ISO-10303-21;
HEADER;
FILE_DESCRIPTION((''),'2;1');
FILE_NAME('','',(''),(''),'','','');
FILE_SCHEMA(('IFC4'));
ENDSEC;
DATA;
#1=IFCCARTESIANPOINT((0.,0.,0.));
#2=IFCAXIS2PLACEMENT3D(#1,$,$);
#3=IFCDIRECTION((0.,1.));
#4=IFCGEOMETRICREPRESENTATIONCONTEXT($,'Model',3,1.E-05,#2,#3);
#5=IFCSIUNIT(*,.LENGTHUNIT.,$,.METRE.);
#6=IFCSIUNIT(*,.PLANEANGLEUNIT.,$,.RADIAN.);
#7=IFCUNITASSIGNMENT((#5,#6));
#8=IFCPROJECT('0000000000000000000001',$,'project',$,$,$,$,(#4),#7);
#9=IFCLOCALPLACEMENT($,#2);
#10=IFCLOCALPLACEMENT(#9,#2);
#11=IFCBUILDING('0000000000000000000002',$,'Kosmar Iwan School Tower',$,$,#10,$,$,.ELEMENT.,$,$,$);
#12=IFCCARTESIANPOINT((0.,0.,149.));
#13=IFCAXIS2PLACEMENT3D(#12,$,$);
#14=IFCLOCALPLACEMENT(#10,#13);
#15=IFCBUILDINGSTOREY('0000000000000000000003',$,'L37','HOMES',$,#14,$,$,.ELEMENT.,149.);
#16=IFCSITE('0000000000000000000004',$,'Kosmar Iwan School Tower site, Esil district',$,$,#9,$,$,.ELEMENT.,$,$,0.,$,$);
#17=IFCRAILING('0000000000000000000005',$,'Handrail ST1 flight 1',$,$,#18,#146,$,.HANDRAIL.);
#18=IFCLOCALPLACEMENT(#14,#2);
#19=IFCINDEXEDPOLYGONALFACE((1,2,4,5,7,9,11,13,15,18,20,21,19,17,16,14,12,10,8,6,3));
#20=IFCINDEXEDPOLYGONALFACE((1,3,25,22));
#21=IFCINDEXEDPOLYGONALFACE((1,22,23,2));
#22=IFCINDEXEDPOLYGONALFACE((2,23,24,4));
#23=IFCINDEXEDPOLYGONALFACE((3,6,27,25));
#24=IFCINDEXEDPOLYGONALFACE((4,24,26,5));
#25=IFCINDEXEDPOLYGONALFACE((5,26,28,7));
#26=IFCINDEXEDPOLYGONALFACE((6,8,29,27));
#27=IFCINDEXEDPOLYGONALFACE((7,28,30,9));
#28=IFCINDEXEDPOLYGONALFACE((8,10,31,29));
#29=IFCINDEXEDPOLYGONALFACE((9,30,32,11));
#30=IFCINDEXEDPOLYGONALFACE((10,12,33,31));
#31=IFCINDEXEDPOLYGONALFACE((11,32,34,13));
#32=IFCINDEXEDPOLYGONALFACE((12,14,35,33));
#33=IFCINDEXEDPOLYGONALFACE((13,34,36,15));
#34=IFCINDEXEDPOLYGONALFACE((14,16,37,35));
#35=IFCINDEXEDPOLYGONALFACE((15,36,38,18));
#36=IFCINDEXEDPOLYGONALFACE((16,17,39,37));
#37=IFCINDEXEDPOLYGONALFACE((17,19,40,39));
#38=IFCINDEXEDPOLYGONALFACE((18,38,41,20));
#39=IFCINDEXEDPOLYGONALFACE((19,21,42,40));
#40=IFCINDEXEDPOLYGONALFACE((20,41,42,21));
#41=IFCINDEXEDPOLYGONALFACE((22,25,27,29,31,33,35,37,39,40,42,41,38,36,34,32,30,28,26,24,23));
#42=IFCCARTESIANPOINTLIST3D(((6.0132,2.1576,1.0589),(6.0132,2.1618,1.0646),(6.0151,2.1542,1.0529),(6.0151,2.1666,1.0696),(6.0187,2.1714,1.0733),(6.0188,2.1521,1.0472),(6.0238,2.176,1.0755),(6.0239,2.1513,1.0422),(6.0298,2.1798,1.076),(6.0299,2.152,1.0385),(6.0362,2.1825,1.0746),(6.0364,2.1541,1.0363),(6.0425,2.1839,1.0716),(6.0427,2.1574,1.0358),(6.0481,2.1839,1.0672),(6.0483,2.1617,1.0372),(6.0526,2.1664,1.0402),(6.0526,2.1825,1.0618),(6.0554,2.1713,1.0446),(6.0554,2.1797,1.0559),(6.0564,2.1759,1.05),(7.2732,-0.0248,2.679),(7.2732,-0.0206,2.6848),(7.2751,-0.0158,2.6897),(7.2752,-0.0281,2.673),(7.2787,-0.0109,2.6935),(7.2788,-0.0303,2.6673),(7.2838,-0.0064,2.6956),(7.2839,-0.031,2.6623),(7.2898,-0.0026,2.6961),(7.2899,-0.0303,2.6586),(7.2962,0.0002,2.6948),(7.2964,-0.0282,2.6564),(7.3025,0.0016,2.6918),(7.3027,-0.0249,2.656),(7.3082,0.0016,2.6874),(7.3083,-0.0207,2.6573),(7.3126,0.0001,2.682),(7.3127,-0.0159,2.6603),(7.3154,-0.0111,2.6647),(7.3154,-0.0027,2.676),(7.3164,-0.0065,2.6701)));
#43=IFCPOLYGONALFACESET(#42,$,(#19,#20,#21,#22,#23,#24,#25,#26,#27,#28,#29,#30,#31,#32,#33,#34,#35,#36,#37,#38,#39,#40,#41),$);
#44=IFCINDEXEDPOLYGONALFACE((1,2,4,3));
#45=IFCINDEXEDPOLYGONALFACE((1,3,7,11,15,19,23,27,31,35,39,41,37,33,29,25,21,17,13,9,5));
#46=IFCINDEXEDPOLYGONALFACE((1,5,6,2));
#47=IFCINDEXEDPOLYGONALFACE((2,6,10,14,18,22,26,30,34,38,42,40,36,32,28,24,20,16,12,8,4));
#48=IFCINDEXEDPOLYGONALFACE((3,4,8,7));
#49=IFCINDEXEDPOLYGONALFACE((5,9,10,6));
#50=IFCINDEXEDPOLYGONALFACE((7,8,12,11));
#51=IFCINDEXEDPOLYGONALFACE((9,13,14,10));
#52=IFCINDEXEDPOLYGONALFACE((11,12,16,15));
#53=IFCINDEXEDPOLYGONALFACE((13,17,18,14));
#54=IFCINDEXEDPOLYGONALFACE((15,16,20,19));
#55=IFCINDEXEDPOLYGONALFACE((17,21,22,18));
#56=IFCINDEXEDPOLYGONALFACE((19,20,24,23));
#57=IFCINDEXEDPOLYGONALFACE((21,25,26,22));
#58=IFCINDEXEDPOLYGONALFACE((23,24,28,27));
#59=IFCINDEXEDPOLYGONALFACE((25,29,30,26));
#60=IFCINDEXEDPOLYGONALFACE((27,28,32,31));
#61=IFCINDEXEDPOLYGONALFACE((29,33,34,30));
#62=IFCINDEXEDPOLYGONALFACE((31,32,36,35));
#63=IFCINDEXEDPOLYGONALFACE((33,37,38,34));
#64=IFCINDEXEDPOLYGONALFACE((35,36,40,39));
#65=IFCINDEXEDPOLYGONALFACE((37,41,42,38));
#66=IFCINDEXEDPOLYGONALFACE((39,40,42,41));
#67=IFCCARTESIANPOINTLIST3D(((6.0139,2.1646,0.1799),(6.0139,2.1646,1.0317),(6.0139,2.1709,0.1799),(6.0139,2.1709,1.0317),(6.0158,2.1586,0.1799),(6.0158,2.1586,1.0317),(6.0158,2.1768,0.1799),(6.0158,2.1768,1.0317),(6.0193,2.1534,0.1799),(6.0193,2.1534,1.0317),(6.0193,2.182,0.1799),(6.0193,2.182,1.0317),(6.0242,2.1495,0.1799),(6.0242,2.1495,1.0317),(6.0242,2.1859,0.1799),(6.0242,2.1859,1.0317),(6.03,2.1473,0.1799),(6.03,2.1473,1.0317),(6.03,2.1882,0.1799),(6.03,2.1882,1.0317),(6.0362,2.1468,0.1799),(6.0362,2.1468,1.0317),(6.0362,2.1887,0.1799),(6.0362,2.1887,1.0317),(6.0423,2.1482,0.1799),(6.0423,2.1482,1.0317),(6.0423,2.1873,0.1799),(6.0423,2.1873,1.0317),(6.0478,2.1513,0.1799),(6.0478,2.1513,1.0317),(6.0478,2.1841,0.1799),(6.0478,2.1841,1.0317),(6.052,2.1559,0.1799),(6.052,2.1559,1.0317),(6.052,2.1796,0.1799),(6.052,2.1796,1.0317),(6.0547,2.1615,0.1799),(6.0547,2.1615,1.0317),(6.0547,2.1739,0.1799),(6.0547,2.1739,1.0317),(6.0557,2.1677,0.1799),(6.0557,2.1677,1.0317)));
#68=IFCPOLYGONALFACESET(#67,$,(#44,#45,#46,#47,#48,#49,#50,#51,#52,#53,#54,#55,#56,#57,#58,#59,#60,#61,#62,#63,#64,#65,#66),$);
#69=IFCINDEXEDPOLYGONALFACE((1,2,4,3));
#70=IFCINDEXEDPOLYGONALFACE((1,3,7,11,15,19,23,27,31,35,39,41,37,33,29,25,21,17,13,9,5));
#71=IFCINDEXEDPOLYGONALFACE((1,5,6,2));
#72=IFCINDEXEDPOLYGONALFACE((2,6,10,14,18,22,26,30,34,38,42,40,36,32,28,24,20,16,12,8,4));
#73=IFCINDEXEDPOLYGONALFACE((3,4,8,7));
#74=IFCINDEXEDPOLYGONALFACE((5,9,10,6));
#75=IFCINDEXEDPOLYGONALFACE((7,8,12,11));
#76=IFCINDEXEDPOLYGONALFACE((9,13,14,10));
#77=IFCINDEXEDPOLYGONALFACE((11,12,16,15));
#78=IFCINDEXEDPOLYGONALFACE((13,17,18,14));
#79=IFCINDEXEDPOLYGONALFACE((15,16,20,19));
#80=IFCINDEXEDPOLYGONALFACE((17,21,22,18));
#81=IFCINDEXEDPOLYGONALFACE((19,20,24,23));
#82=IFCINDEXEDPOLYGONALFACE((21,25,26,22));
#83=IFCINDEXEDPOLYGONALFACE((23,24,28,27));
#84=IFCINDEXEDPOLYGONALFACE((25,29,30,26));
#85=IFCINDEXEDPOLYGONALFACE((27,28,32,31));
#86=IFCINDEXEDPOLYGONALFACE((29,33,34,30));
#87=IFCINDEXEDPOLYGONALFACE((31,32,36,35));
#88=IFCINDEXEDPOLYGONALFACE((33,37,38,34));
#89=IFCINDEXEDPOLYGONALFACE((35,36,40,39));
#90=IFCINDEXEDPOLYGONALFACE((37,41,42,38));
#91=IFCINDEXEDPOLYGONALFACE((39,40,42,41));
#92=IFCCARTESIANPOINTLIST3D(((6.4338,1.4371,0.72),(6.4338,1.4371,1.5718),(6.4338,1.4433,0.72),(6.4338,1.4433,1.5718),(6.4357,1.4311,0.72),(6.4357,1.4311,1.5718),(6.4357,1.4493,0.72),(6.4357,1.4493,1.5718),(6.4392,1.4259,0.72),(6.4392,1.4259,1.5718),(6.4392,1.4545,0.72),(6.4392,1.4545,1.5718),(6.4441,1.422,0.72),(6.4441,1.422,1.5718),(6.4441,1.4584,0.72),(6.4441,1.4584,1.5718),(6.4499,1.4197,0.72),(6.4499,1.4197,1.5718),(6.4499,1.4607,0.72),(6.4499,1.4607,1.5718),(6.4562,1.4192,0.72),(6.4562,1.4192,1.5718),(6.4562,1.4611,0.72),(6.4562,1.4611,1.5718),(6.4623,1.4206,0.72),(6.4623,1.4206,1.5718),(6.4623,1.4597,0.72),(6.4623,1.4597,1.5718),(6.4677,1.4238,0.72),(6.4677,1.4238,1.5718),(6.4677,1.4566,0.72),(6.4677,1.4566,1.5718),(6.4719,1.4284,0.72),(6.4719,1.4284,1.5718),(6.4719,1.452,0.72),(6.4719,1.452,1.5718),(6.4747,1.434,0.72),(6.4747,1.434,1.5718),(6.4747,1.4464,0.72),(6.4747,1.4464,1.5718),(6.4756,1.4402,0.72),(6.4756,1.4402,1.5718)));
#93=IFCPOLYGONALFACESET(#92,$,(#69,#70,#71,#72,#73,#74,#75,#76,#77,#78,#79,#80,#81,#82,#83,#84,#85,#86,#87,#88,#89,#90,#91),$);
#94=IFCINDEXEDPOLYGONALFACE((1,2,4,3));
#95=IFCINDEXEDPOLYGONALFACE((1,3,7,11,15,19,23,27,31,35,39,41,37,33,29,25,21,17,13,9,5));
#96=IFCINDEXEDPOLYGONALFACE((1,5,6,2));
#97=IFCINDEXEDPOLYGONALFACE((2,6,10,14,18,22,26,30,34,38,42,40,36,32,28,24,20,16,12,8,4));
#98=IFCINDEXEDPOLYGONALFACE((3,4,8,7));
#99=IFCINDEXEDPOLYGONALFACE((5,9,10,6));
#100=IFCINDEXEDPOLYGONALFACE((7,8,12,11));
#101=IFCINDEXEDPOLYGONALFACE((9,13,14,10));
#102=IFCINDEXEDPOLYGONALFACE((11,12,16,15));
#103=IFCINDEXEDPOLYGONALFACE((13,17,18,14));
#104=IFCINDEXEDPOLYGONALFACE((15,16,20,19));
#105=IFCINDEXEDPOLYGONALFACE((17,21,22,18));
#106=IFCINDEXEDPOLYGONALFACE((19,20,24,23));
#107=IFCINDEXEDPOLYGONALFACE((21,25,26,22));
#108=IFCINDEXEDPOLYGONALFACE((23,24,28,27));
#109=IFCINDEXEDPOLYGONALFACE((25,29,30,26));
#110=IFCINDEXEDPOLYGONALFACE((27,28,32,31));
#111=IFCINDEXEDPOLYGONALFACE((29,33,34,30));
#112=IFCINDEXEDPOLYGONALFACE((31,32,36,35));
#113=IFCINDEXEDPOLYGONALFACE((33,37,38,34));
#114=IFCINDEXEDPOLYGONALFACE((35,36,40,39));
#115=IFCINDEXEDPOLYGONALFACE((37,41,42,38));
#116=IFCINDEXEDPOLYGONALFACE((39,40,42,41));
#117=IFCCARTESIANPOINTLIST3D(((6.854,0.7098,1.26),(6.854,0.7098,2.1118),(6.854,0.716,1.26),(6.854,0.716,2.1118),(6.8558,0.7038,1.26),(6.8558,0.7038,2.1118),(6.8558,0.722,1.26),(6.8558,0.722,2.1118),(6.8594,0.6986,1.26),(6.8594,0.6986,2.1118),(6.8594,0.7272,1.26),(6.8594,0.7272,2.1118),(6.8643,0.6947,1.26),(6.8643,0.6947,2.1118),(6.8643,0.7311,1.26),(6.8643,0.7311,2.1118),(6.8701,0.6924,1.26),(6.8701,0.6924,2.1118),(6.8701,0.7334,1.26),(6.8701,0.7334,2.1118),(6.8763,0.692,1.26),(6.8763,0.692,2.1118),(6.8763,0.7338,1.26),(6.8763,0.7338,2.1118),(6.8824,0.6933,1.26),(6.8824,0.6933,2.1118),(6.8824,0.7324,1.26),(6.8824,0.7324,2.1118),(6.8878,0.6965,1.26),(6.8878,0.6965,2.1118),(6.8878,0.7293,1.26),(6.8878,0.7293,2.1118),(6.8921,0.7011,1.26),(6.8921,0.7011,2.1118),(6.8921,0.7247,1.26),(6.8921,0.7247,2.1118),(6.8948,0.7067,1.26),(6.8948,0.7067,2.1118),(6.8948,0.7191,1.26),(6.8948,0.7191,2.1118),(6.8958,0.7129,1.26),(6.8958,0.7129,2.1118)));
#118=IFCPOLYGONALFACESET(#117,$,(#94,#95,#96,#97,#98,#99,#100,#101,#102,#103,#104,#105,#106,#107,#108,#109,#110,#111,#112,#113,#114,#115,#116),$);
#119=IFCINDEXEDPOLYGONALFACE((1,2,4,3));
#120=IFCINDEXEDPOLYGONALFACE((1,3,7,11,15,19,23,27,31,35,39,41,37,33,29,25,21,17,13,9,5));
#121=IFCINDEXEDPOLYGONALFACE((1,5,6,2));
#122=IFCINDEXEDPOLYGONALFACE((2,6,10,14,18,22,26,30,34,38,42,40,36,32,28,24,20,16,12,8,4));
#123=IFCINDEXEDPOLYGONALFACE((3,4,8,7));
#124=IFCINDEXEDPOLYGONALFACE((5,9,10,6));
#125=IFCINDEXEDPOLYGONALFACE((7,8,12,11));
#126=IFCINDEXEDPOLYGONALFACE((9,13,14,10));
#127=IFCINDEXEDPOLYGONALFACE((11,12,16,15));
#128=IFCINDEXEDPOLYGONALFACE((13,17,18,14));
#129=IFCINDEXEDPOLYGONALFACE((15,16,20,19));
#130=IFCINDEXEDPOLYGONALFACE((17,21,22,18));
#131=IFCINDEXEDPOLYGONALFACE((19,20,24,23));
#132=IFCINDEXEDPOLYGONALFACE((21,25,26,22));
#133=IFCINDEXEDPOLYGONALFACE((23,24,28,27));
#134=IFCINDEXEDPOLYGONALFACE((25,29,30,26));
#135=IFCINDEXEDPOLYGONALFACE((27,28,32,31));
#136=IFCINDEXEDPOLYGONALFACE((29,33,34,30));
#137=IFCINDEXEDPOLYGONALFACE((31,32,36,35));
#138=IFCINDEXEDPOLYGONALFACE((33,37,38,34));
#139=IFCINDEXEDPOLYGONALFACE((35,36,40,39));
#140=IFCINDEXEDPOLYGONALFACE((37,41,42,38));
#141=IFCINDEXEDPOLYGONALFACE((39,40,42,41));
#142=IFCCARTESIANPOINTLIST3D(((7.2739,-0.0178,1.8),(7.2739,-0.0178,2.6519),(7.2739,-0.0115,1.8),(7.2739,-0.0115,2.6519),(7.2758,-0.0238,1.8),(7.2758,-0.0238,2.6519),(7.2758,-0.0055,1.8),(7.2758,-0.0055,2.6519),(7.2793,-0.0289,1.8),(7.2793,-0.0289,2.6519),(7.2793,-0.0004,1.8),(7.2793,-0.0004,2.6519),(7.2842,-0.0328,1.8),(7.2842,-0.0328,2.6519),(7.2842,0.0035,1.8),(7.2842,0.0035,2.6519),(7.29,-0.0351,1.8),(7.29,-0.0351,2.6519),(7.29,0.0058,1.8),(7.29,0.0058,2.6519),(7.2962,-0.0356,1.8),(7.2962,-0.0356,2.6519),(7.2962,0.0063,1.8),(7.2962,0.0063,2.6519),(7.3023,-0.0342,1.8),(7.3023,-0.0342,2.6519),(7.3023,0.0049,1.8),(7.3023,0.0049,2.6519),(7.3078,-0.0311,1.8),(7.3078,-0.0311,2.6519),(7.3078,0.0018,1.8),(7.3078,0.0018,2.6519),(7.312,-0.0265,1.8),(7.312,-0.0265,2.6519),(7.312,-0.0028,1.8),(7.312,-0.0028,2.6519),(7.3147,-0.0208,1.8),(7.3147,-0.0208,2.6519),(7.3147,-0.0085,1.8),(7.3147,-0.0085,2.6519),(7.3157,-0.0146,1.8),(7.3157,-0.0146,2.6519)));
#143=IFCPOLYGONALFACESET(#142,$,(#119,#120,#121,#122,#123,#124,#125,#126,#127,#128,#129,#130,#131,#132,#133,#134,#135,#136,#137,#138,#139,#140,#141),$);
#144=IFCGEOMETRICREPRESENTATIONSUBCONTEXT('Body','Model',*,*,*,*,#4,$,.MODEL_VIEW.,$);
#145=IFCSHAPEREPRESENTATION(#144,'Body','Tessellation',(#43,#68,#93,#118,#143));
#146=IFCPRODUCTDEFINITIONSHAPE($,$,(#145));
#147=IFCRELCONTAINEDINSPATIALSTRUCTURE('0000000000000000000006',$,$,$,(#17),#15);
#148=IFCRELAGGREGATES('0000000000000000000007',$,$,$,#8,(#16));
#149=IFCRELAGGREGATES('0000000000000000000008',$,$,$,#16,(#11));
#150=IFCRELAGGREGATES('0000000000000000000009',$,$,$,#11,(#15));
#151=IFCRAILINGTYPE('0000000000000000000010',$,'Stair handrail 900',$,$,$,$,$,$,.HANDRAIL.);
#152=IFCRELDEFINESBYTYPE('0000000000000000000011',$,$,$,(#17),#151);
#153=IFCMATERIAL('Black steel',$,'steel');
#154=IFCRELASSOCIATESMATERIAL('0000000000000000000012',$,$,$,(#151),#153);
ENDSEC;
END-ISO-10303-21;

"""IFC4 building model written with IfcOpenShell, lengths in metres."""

from ifc_helpers import new_model, si_unit, direction, frame, origin, origin_2d, place, context, subcontext, project, spatial, circle, extrude, material, type_object, element, save


model = new_model("IFC4")

# Units and contexts
model_context = context("Model", 3, precision=1e-05, world=origin(), true_north=direction((0.0, 1.0)))
body_context = subcontext(model_context, "Body", "Model", "MODEL_VIEW")
ifc_project = project(units=[si_unit("LENGTHUNIT", "METRE"), si_unit("PLANEANGLEUNIT", "RADIAN")], contexts=[model_context])

# Site, building, storey
site_placement = place(None, origin())
site = spatial("IfcSite", under=ifc_project, at=site_placement, Name="Kosmar Iwan School Tower site, Esil district", CompositionType="ELEMENT", RefElevation=0.0)
building_placement = place(site_placement, origin())
building = spatial("IfcBuilding", under=site, at=building_placement, Name="Kosmar Iwan School Tower", CompositionType="ELEMENT")
storey_placement = place(building_placement, frame((0.0, 0.0, 149.0)))
storey = spatial("IfcBuildingStorey", under=building, at=storey_placement, Name="L37", Description="HOMES", CompositionType="ELEMENT", Elevation=149.0)

# Railing
ifc_material_1 = material(Name="Black steel", Category="steel")
railing_type = type_object("IfcRailingType", Name="Stair handrail 900", PredefinedType="HANDRAIL", material=ifc_material_1)
railing_1_placement = place(storey_placement, frame((6.0347, 2.1677, 0.1799)))
element("IfcRailing", 1, at=railing_1_placement, inside=storey, type_object=railing_type, Name="Handrail ST1 flight 1", PredefinedType="HANDRAIL", context=body_context, shape_type="SweptSolid", body=[
    extrude(circle(Radius=0.0239, at=origin_2d()), frame((0.0, 0.0, 0.876), z_axis=(0.420584, -0.728464, 0.540786), x_axis=(0.866023, 0.500005, 0.0)), (0.0, 0.0, 1.0), 2.9958),
    extrude(circle(Radius=0.021, at=origin_2d()), origin(), (0.0, 0.0, 1.0), 0.8518),
    extrude(circle(Radius=0.021, at=origin_2d()), frame((0.4199, -0.7275, 0.54)), (0.0, 0.0, 1.0), 0.8518),
    extrude(circle(Radius=0.021, at=origin_2d()), frame((0.8401, -1.4548, 1.0801)), (0.0, 0.0, 1.0), 0.8518),
    extrude(circle(Radius=0.021, at=origin_2d()), frame((1.26, -2.1824, 1.6201)), (0.0, 0.0, 1.0), 0.8518),
])

save(model, "model.ifc")
